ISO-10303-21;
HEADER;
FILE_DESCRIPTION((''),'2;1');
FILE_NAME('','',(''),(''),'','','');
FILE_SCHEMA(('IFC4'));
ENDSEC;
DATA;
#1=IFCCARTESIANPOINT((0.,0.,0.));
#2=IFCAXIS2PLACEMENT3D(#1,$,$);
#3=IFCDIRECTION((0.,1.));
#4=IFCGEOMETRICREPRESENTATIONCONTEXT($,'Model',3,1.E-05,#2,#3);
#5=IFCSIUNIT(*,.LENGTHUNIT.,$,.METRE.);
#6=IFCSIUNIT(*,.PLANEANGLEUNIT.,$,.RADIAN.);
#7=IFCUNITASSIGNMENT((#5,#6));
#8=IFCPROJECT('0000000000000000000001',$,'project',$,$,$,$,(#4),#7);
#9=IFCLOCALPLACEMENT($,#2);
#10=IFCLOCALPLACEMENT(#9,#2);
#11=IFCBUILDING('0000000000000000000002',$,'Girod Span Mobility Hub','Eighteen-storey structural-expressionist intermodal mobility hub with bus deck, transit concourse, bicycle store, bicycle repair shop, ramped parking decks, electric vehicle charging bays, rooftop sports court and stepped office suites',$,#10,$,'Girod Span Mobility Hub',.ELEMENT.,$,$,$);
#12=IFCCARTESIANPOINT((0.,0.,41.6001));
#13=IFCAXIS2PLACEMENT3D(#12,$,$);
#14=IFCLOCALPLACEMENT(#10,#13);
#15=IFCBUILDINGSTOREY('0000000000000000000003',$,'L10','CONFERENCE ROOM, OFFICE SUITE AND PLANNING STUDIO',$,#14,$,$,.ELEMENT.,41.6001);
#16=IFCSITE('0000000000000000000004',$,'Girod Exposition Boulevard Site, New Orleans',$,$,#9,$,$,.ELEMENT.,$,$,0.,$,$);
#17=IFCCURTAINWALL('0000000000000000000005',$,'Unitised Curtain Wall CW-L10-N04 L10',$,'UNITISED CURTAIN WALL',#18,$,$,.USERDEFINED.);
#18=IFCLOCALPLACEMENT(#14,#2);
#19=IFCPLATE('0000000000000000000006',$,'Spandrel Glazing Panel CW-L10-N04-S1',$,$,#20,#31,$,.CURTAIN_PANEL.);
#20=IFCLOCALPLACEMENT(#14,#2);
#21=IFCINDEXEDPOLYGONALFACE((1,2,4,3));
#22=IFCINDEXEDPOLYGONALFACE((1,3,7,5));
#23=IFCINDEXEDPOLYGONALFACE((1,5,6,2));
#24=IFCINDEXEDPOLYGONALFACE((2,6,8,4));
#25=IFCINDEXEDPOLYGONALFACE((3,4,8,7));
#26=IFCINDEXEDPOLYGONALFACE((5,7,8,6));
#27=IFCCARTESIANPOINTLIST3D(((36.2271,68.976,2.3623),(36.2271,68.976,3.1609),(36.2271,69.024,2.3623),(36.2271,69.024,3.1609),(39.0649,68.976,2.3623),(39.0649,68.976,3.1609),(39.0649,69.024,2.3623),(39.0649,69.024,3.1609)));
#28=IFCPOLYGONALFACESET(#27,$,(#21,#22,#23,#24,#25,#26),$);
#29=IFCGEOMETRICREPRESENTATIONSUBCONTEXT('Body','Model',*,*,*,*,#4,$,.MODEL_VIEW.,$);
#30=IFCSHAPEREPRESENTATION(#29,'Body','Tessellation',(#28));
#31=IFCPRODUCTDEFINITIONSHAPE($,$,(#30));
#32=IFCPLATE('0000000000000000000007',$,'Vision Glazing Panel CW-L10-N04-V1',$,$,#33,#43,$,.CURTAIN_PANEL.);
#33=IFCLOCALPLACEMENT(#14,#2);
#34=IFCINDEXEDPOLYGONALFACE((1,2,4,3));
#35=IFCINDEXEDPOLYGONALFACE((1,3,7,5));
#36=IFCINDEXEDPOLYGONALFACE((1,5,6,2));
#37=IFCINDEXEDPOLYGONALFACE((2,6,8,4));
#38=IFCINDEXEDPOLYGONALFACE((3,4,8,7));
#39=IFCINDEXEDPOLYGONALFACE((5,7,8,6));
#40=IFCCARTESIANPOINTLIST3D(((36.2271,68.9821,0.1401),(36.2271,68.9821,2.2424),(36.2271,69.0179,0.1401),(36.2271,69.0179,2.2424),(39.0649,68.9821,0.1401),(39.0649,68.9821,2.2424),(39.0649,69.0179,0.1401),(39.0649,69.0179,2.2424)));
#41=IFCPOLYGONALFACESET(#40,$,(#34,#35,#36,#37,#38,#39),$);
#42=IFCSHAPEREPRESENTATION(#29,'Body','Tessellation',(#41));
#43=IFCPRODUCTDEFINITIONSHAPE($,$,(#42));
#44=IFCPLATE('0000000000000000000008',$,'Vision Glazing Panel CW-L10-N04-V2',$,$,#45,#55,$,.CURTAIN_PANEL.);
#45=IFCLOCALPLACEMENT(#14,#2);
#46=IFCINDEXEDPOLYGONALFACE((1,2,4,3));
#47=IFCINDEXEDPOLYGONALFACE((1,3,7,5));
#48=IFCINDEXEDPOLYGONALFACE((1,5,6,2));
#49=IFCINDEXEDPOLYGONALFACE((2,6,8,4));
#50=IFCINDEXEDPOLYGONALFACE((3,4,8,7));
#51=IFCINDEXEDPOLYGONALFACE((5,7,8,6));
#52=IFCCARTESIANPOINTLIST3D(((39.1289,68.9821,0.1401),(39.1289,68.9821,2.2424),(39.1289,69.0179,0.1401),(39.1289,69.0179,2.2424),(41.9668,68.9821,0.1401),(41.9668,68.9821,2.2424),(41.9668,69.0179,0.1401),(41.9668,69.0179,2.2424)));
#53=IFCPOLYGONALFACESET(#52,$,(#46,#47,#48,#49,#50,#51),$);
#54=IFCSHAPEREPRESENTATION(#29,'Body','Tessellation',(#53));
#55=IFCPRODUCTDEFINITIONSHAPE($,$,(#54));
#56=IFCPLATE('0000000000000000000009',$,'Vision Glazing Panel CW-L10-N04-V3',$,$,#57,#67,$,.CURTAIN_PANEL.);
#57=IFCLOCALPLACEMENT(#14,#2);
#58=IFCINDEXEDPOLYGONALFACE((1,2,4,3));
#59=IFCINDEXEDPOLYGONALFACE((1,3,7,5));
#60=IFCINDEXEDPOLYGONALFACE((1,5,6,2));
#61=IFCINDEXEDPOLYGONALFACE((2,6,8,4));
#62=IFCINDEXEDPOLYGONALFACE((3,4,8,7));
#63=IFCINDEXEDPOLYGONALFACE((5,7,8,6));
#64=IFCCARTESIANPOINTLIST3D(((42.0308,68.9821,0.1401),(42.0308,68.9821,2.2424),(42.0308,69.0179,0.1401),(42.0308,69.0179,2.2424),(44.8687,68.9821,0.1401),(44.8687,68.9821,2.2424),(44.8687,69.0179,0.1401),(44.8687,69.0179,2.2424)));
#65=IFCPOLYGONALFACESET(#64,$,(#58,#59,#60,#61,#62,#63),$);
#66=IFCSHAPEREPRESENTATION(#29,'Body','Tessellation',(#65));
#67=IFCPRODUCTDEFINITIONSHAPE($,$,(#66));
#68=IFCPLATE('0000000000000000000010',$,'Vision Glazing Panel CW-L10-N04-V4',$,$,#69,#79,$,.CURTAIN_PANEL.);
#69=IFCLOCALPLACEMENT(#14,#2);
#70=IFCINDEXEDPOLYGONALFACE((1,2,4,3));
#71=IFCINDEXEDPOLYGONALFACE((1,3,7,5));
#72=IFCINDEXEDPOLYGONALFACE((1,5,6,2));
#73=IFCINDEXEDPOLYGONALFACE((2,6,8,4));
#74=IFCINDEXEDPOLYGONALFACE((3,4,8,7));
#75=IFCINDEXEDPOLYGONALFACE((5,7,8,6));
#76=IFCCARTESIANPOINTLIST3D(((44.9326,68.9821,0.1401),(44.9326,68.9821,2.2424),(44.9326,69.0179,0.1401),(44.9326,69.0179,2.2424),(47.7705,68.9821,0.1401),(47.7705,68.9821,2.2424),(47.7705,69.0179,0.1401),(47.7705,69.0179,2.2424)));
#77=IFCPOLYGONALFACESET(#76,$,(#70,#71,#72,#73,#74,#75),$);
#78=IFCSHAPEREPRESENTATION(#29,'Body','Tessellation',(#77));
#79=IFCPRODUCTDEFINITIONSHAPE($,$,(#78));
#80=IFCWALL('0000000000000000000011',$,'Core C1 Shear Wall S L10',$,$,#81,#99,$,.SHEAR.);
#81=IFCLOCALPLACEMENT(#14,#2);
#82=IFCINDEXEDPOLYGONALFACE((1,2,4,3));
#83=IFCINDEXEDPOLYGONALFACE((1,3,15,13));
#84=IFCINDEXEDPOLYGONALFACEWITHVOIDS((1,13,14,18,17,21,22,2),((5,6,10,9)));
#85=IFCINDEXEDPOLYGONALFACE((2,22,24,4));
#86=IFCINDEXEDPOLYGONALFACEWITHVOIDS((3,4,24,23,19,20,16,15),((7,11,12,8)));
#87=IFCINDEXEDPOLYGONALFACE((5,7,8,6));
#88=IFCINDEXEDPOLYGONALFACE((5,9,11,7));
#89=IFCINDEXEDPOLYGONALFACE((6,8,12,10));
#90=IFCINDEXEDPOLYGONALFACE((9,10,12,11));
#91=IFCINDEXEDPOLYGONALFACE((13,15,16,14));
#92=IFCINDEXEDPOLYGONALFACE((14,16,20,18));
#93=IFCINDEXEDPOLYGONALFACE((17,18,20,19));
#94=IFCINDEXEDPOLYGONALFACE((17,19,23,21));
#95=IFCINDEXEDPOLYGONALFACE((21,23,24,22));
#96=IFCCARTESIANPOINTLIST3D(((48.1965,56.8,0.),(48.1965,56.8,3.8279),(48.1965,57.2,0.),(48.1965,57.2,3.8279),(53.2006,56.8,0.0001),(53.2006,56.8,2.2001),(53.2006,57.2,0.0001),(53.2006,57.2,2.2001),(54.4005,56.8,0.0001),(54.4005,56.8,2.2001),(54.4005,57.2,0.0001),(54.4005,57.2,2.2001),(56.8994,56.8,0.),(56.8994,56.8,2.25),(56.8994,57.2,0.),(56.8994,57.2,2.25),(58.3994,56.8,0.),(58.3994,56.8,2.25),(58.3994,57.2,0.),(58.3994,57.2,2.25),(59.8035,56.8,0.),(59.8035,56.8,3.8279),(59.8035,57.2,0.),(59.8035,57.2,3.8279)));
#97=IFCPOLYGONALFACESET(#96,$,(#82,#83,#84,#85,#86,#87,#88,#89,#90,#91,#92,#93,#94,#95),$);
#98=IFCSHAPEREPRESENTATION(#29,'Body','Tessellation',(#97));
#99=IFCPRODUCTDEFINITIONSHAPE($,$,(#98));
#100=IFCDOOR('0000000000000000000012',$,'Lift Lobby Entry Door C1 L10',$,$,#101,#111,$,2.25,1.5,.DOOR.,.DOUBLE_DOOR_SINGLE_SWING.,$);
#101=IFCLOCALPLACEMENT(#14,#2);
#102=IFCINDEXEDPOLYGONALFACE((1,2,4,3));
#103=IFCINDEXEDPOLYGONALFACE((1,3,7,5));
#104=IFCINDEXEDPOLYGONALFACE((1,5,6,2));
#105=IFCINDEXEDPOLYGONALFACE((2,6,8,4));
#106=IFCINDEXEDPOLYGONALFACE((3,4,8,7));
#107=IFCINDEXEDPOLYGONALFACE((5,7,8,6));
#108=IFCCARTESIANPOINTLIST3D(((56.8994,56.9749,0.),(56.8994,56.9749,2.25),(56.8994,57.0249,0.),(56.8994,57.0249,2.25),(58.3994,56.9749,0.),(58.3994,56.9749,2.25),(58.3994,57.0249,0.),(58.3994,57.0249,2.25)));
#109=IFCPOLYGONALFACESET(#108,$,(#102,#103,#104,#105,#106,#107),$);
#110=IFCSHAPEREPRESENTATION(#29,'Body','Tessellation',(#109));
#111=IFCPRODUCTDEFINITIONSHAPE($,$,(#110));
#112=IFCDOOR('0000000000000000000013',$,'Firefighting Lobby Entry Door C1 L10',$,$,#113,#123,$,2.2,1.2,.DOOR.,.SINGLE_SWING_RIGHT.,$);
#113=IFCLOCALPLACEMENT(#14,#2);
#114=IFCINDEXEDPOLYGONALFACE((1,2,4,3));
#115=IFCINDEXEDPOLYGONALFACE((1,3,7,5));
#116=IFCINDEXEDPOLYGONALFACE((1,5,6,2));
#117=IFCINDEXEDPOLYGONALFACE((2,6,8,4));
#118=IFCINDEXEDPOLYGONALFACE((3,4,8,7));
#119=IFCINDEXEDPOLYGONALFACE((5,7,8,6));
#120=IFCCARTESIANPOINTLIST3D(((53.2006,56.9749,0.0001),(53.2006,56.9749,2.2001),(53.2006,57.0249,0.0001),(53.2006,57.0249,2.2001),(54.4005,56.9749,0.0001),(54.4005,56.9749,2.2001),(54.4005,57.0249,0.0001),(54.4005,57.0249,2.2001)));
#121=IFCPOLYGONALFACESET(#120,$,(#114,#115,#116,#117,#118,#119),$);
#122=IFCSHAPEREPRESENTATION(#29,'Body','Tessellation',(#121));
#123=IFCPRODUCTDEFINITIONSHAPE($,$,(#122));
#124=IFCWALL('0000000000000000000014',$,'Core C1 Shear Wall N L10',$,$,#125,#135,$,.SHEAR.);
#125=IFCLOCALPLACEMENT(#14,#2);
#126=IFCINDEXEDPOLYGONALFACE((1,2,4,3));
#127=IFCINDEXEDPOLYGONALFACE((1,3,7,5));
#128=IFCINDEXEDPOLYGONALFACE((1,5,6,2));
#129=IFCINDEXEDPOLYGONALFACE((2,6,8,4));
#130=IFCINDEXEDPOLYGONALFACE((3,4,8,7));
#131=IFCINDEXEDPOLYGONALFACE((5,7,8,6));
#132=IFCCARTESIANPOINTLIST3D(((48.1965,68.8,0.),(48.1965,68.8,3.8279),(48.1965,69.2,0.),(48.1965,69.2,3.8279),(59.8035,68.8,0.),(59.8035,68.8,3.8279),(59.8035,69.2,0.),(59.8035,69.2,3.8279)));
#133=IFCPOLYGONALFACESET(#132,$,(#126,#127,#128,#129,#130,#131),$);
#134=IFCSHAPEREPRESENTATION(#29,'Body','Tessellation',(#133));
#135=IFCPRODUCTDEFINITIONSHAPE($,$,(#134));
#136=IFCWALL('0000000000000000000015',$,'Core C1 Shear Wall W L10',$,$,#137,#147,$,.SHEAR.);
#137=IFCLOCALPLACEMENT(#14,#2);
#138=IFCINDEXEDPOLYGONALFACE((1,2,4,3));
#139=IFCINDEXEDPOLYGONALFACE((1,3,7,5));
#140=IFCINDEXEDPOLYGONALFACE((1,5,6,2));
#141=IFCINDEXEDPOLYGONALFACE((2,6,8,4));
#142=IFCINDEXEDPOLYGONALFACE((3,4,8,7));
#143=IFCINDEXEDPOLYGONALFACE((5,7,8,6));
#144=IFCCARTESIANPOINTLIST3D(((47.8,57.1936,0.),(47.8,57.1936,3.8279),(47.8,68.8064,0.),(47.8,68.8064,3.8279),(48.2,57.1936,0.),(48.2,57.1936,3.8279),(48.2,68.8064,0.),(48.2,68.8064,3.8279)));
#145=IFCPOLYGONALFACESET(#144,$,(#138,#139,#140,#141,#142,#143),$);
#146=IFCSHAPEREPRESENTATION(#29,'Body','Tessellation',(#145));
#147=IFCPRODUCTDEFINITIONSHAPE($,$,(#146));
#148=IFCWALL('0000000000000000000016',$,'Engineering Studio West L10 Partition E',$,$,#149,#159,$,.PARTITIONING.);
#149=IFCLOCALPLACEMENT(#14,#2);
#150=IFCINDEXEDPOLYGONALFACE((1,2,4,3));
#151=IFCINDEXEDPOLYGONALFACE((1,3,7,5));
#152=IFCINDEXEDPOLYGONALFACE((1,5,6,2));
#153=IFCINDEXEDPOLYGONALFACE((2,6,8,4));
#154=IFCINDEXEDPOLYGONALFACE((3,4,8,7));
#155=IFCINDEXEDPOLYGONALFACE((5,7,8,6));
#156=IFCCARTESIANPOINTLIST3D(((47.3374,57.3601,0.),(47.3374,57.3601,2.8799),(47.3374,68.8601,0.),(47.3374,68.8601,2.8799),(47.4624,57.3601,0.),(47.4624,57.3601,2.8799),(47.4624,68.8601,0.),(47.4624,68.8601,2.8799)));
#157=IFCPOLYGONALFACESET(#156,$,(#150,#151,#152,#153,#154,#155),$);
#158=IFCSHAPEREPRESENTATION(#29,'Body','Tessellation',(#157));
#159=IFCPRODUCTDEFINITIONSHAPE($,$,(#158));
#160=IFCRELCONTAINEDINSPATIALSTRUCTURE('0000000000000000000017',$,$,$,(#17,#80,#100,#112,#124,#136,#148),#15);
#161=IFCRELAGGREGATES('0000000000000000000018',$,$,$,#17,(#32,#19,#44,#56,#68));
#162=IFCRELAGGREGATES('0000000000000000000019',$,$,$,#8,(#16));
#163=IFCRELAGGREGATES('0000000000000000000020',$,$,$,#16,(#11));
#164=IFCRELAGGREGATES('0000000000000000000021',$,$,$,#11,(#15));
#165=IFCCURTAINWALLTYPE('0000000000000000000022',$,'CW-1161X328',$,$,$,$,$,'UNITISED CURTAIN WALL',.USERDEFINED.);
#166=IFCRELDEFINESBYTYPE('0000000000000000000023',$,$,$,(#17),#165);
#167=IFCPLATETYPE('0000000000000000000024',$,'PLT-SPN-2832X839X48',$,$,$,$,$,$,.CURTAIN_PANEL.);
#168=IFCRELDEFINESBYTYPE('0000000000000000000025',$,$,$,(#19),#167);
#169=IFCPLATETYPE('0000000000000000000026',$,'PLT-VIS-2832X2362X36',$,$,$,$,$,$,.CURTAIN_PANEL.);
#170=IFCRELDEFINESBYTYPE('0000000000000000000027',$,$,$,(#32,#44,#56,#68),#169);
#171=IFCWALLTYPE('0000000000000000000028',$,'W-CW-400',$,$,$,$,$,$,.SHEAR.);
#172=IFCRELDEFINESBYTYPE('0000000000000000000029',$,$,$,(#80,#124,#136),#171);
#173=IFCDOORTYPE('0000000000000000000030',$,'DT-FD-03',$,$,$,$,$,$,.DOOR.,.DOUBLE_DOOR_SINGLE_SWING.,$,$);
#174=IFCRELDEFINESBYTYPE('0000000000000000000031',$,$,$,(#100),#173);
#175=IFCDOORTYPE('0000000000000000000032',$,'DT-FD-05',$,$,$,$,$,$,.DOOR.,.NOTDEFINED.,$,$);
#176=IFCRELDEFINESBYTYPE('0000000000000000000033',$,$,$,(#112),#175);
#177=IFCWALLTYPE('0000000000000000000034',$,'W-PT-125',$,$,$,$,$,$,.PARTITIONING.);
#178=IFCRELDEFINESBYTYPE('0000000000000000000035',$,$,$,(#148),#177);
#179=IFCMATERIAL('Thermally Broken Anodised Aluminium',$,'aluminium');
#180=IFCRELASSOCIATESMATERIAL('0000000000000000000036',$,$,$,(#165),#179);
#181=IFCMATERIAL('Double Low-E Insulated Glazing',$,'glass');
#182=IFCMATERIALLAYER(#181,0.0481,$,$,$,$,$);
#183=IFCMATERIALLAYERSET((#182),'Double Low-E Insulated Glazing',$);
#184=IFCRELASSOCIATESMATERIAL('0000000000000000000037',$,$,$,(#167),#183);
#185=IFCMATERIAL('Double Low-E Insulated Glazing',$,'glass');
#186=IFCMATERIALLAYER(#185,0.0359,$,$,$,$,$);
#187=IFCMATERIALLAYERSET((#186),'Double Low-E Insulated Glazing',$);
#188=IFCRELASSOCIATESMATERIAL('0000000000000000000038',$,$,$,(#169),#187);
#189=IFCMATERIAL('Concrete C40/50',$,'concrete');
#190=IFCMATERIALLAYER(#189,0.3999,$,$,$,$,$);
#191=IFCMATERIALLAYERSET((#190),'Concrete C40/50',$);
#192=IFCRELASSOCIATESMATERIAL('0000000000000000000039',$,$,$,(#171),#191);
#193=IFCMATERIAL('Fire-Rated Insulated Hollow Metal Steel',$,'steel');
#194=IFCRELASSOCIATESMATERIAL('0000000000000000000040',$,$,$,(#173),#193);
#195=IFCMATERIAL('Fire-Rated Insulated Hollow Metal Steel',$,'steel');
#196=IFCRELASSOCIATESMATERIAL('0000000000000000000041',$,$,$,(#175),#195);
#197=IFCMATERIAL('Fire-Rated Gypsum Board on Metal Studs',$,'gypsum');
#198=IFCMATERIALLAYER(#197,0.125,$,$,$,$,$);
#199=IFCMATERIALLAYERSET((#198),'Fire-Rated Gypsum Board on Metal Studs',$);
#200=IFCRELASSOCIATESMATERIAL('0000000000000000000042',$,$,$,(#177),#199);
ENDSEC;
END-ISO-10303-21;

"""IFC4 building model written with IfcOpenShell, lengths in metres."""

from ifc_helpers import new_model, si_unit, direction, frame, frame_2d, origin, origin_2d, place, context, subcontext, project, spatial, rectangle, extrude, material, layer, layer_set, type_object, element, fill, aggregate, save


model = new_model("IFC4")

# Units and contexts
model_context = context("Model", 3, precision=1e-05, world=origin(), true_north=direction((0.0, 1.0)))
body_context = subcontext(model_context, "Body", "Model", "MODEL_VIEW")
ifc_project = project(units=[si_unit("LENGTHUNIT", "METRE"), si_unit("PLANEANGLEUNIT", "RADIAN")], contexts=[model_context])

# Site, building, storey
site_placement = place(None, origin())
site = spatial("IfcSite", under=ifc_project, at=site_placement, Name="Girod Exposition Boulevard Site, New Orleans", CompositionType="ELEMENT", RefElevation=0.0)
building_placement = place(site_placement, origin())
building = spatial("IfcBuilding", under=site, at=building_placement, Name="Girod Span Mobility Hub", Description="Eighteen-storey structural-expressionist intermodal mobility hub with bus deck, transit concourse, bicycle store, bicycle repair shop, ramped parking decks, electric vehicle charging bays, rooftop sports court and stepped office suites", LongName="Girod Span Mobility Hub", CompositionType="ELEMENT")
storey_placement = place(building_placement, frame((0.0, 0.0, 41.6001)))
storey = spatial("IfcBuildingStorey", under=building, at=storey_placement, Name="L10", Description="CONFERENCE ROOM, OFFICE SUITE AND PLANNING STUDIO", CompositionType="ELEMENT", Elevation=41.6001)

# Curtain wall
ifc_material_1 = material(Name="Thermally Broken Anodised Aluminium", Category="aluminium")
curtain_wall_type = type_object("IfcCurtainWallType", Name="CW-1161X328", ElementType="UNITISED CURTAIN WALL", PredefinedType="USERDEFINED", material=ifc_material_1)
curtain_wall_placement = place(storey_placement, origin())
curtain_wall = element("IfcCurtainWall", 1, at=curtain_wall_placement, inside=storey, type_object=curtain_wall_type, Name="Unitised Curtain Wall CW-L10-N04 L10", ObjectType="UNITISED CURTAIN WALL", PredefinedType="USERDEFINED")

# Plates
ifc_material_2 = material(Name="Double Low-E Insulated Glazing", Category="glass")
ifc_layer_1 = layer(ifc_material_2, 0.0481)
ifc_layer_set_1 = layer_set([ifc_layer_1], Name="Double Low-E Insulated Glazing")
plate_type_1 = type_object("IfcPlateType", Name="PLT-SPN-2832X839X48", PredefinedType="CURTAIN_PANEL", material=ifc_layer_set_1)
plate_1_placement = place(storey_placement, frame((37.646, 69.0, 2.3623), z_axis=(0.0, 0.0, 1.0), x_axis=(1.0, 0.0, 0.0)))
plate_1 = element("IfcPlate", 2, at=plate_1_placement, type_object=plate_type_1, Name="Spandrel Glazing Panel CW-L10-N04-S1", PredefinedType="CURTAIN_PANEL", context=body_context, shape_type="SweptSolid", body=[
    extrude(rectangle(XDim=2.8379, YDim=0.0481, at=origin_2d()), origin(), (0.0, 0.0, 1.0), 0.7986),
])
ifc_material_3 = material(Name="Double Low-E Insulated Glazing", Category="glass")
ifc_layer_2 = layer(ifc_material_3, 0.0359)
ifc_layer_set_2 = layer_set([ifc_layer_2], Name="Double Low-E Insulated Glazing")
plate_type_2 = type_object("IfcPlateType", Name="PLT-VIS-2832X2362X36", PredefinedType="CURTAIN_PANEL", material=ifc_layer_set_2)
plate_2_placement = place(storey_placement, frame((37.646, 69.0, 0.1401), z_axis=(0.0, 0.0, 1.0), x_axis=(1.0, 0.0, 0.0)))
plate_2 = element("IfcPlate", 3, at=plate_2_placement, type_object=plate_type_2, Name="Vision Glazing Panel CW-L10-N04-V1", PredefinedType="CURTAIN_PANEL", context=body_context, shape_type="SweptSolid", body=[
    extrude(rectangle(XDim=2.8379, YDim=0.0359, at=origin_2d()), origin(), (0.0, 0.0, 1.0), 2.1023),
])
plate_3_placement = place(storey_placement, frame((40.5479, 69.0, 0.1401), z_axis=(0.0, 0.0, 1.0), x_axis=(1.0, 0.0, 0.0)))
plate_3 = element("IfcPlate", 4, at=plate_3_placement, type_object=plate_type_2, Name="Vision Glazing Panel CW-L10-N04-V2", PredefinedType="CURTAIN_PANEL", context=body_context, shape_type="SweptSolid", body=[
    extrude(rectangle(XDim=2.8379, YDim=0.0359, at=origin_2d()), origin(), (0.0, 0.0, 1.0), 2.1023),
])
plate_4_placement = place(storey_placement, frame((43.4497, 69.0, 0.1401), z_axis=(0.0, 0.0, 1.0), x_axis=(1.0, 0.0, 0.0)))
plate_4 = element("IfcPlate", 5, at=plate_4_placement, type_object=plate_type_2, Name="Vision Glazing Panel CW-L10-N04-V3", PredefinedType="CURTAIN_PANEL", context=body_context, shape_type="SweptSolid", body=[
    extrude(rectangle(XDim=2.8379, YDim=0.0359, at=origin_2d()), origin(), (0.0, 0.0, 1.0), 2.1023),
])
plate_5_placement = place(storey_placement, frame((46.3516, 69.0, 0.1401), z_axis=(0.0, 0.0, 1.0), x_axis=(1.0, 0.0, 0.0)))
plate_5 = element("IfcPlate", 6, at=plate_5_placement, type_object=plate_type_2, Name="Vision Glazing Panel CW-L10-N04-V4", PredefinedType="CURTAIN_PANEL", context=body_context, shape_type="SweptSolid", body=[
    extrude(rectangle(XDim=2.8379, YDim=0.0359, at=origin_2d()), origin(), (0.0, 0.0, 1.0), 2.1023),
])
aggregate(curtain_wall, [plate_2, plate_1, plate_3, plate_4, plate_5])

# Wall, openings, doors
ifc_material_4 = material(Name="Concrete C40/50", Category="concrete")
ifc_layer_3 = layer(ifc_material_4, 0.3999)
ifc_layer_set_3 = layer_set([ifc_layer_3], Name="Concrete C40/50")
wall_type_1 = type_object("IfcWallType", Name="W-CW-400", PredefinedType="SHEAR", material=ifc_layer_set_3)
wall_1_placement = place(storey_placement, frame((48.1965, 57.0, 0.0), z_axis=(0.0, 0.0, 1.0), x_axis=(1.0, 0.0, 0.0)))
wall_1 = element("IfcWall", 7, at=wall_1_placement, inside=storey, type_object=wall_type_1, Name="Core C1 Shear Wall S L10", PredefinedType="SHEAR", context=body_context, shape_type="SweptSolid", body=[
    extrude(rectangle(XDim=11.6069, YDim=0.3999, at=frame_2d((5.8035, 0.0))), origin(), (0.0, 0.0, 1.0), 3.8279),
])
opening_1_placement = place(wall_1_placement, frame((5.0039, 0.0, 0.0)))
opening_1 = element("IfcOpeningElement", 8, at=opening_1_placement, cuts=wall_1, PredefinedType="OPENING", context=body_context, shape_type="SweptSolid", body=[
    extrude(rectangle(XDim=1.2, YDim=2.2, at=frame_2d((0.6001, 1.1001))), frame((0.0, 0.2148, 0.0), z_axis=(0.0, -1.0, 0.0), x_axis=(1.0, 0.0, 0.0)), (0.0, 0.0, 1.0), 0.4299),
])
opening_2_placement = place(wall_1_placement, frame((8.7029, 0.0, 0.0)))
opening_2 = element("IfcOpeningElement", 9, at=opening_2_placement, cuts=wall_1, PredefinedType="OPENING", context=body_context, shape_type="SweptSolid", body=[
    extrude(rectangle(XDim=1.5, YDim=2.25, at=frame_2d((0.75, 1.125))), frame((0.0, 0.2148, 0.0), z_axis=(0.0, -1.0, 0.0), x_axis=(1.0, 0.0, 0.0)), (0.0, 0.0, 1.0), 0.4299),
])
ifc_material_5 = material(Name="Fire-Rated Insulated Hollow Metal Steel", Category="steel")
door_type_1 = type_object("IfcDoorType", Name="DT-FD-03", OperationType="DOUBLE_DOOR_SINGLE_SWING", PredefinedType="DOOR", material=ifc_material_5)
door_1_placement = place(opening_2_placement, origin())
door_1 = element("IfcDoor", 10, at=door_1_placement, inside=storey, type_object=door_type_1, Name="Lift Lobby Entry Door C1 L10", OperationType="DOUBLE_DOOR_SINGLE_SWING", OverallHeight=2.25, OverallWidth=1.5, PredefinedType="DOOR", context=body_context, shape_type="SweptSolid", body=[
    extrude(rectangle(XDim=1.5, YDim=2.25, at=frame_2d((0.75, 1.125))), frame((0.0, 0.0249, 0.0), z_axis=(0.0, -1.0, 0.0), x_axis=(1.0, 0.0, 0.0)), (0.0, 0.0, 1.0), 0.05),
])
fill(opening_2, door_1)
ifc_material_6 = material(Name="Fire-Rated Insulated Hollow Metal Steel", Category="steel")
door_type_2 = type_object("IfcDoorType", Name="DT-FD-05", OperationType="NOTDEFINED", PredefinedType="DOOR", material=ifc_material_6)
door_2_placement = place(opening_1_placement, origin())
door_2 = element("IfcDoor", 11, at=door_2_placement, inside=storey, type_object=door_type_2, Name="Firefighting Lobby Entry Door C1 L10", OperationType="SINGLE_SWING_RIGHT", OverallHeight=2.2, OverallWidth=1.2, PredefinedType="DOOR", context=body_context, shape_type="SweptSolid", body=[
    extrude(rectangle(XDim=1.2, YDim=2.2, at=frame_2d((0.6001, 1.1001))), frame((0.0, 0.0249, 0.0), z_axis=(0.0, -1.0, 0.0), x_axis=(1.0, 0.0, 0.0)), (0.0, 0.0, 1.0), 0.05),
])
fill(opening_1, door_2)

# Walls
wall_2_placement = place(storey_placement, frame((48.1965, 69.0, 0.0), z_axis=(0.0, 0.0, 1.0), x_axis=(1.0, 0.0, 0.0)))
element("IfcWall", 12, at=wall_2_placement, inside=storey, type_object=wall_type_1, Name="Core C1 Shear Wall N L10", PredefinedType="SHEAR", context=body_context, shape_type="SweptSolid", body=[
    extrude(rectangle(XDim=11.6069, YDim=0.3999, at=frame_2d((5.8035, 0.0))), origin(), (0.0, 0.0, 1.0), 3.8279),
])
wall_3_placement = place(storey_placement, frame((48.0, 57.1936, 0.0), z_axis=(0.0, 0.0, 1.0), x_axis=(0.0, 1.0, 0.0)))
element("IfcWall", 13, at=wall_3_placement, inside=storey, type_object=wall_type_1, Name="Core C1 Shear Wall W L10", PredefinedType="SHEAR", context=body_context, shape_type="SweptSolid", body=[
    extrude(rectangle(XDim=11.6128, YDim=0.3999, at=frame_2d((5.8064, 0.0))), origin(), (0.0, 0.0, 1.0), 3.8279),
])
ifc_material_7 = material(Name="Fire-Rated Gypsum Board on Metal Studs", Category="gypsum")
ifc_layer_4 = layer(ifc_material_7, 0.125)
ifc_layer_set_4 = layer_set([ifc_layer_4], Name="Fire-Rated Gypsum Board on Metal Studs")
wall_type_2 = type_object("IfcWallType", Name="W-PT-125", PredefinedType="PARTITIONING", material=ifc_layer_set_4)
wall_4_placement = place(storey_placement, frame((47.3999, 57.3601, 0.0), z_axis=(0.0, 0.0, 1.0), x_axis=(0.0, 1.0, 0.0)))
element("IfcWall", 14, at=wall_4_placement, inside=storey, type_object=wall_type_2, Name="Engineering Studio West L10 Partition E", PredefinedType="PARTITIONING", context=body_context, shape_type="SweptSolid", body=[
    extrude(rectangle(XDim=11.5, YDim=0.125, at=frame_2d((5.75, 0.0))), origin(), (0.0, 0.0, 1.0), 2.8799),
])

save(model, "model.ifc")
